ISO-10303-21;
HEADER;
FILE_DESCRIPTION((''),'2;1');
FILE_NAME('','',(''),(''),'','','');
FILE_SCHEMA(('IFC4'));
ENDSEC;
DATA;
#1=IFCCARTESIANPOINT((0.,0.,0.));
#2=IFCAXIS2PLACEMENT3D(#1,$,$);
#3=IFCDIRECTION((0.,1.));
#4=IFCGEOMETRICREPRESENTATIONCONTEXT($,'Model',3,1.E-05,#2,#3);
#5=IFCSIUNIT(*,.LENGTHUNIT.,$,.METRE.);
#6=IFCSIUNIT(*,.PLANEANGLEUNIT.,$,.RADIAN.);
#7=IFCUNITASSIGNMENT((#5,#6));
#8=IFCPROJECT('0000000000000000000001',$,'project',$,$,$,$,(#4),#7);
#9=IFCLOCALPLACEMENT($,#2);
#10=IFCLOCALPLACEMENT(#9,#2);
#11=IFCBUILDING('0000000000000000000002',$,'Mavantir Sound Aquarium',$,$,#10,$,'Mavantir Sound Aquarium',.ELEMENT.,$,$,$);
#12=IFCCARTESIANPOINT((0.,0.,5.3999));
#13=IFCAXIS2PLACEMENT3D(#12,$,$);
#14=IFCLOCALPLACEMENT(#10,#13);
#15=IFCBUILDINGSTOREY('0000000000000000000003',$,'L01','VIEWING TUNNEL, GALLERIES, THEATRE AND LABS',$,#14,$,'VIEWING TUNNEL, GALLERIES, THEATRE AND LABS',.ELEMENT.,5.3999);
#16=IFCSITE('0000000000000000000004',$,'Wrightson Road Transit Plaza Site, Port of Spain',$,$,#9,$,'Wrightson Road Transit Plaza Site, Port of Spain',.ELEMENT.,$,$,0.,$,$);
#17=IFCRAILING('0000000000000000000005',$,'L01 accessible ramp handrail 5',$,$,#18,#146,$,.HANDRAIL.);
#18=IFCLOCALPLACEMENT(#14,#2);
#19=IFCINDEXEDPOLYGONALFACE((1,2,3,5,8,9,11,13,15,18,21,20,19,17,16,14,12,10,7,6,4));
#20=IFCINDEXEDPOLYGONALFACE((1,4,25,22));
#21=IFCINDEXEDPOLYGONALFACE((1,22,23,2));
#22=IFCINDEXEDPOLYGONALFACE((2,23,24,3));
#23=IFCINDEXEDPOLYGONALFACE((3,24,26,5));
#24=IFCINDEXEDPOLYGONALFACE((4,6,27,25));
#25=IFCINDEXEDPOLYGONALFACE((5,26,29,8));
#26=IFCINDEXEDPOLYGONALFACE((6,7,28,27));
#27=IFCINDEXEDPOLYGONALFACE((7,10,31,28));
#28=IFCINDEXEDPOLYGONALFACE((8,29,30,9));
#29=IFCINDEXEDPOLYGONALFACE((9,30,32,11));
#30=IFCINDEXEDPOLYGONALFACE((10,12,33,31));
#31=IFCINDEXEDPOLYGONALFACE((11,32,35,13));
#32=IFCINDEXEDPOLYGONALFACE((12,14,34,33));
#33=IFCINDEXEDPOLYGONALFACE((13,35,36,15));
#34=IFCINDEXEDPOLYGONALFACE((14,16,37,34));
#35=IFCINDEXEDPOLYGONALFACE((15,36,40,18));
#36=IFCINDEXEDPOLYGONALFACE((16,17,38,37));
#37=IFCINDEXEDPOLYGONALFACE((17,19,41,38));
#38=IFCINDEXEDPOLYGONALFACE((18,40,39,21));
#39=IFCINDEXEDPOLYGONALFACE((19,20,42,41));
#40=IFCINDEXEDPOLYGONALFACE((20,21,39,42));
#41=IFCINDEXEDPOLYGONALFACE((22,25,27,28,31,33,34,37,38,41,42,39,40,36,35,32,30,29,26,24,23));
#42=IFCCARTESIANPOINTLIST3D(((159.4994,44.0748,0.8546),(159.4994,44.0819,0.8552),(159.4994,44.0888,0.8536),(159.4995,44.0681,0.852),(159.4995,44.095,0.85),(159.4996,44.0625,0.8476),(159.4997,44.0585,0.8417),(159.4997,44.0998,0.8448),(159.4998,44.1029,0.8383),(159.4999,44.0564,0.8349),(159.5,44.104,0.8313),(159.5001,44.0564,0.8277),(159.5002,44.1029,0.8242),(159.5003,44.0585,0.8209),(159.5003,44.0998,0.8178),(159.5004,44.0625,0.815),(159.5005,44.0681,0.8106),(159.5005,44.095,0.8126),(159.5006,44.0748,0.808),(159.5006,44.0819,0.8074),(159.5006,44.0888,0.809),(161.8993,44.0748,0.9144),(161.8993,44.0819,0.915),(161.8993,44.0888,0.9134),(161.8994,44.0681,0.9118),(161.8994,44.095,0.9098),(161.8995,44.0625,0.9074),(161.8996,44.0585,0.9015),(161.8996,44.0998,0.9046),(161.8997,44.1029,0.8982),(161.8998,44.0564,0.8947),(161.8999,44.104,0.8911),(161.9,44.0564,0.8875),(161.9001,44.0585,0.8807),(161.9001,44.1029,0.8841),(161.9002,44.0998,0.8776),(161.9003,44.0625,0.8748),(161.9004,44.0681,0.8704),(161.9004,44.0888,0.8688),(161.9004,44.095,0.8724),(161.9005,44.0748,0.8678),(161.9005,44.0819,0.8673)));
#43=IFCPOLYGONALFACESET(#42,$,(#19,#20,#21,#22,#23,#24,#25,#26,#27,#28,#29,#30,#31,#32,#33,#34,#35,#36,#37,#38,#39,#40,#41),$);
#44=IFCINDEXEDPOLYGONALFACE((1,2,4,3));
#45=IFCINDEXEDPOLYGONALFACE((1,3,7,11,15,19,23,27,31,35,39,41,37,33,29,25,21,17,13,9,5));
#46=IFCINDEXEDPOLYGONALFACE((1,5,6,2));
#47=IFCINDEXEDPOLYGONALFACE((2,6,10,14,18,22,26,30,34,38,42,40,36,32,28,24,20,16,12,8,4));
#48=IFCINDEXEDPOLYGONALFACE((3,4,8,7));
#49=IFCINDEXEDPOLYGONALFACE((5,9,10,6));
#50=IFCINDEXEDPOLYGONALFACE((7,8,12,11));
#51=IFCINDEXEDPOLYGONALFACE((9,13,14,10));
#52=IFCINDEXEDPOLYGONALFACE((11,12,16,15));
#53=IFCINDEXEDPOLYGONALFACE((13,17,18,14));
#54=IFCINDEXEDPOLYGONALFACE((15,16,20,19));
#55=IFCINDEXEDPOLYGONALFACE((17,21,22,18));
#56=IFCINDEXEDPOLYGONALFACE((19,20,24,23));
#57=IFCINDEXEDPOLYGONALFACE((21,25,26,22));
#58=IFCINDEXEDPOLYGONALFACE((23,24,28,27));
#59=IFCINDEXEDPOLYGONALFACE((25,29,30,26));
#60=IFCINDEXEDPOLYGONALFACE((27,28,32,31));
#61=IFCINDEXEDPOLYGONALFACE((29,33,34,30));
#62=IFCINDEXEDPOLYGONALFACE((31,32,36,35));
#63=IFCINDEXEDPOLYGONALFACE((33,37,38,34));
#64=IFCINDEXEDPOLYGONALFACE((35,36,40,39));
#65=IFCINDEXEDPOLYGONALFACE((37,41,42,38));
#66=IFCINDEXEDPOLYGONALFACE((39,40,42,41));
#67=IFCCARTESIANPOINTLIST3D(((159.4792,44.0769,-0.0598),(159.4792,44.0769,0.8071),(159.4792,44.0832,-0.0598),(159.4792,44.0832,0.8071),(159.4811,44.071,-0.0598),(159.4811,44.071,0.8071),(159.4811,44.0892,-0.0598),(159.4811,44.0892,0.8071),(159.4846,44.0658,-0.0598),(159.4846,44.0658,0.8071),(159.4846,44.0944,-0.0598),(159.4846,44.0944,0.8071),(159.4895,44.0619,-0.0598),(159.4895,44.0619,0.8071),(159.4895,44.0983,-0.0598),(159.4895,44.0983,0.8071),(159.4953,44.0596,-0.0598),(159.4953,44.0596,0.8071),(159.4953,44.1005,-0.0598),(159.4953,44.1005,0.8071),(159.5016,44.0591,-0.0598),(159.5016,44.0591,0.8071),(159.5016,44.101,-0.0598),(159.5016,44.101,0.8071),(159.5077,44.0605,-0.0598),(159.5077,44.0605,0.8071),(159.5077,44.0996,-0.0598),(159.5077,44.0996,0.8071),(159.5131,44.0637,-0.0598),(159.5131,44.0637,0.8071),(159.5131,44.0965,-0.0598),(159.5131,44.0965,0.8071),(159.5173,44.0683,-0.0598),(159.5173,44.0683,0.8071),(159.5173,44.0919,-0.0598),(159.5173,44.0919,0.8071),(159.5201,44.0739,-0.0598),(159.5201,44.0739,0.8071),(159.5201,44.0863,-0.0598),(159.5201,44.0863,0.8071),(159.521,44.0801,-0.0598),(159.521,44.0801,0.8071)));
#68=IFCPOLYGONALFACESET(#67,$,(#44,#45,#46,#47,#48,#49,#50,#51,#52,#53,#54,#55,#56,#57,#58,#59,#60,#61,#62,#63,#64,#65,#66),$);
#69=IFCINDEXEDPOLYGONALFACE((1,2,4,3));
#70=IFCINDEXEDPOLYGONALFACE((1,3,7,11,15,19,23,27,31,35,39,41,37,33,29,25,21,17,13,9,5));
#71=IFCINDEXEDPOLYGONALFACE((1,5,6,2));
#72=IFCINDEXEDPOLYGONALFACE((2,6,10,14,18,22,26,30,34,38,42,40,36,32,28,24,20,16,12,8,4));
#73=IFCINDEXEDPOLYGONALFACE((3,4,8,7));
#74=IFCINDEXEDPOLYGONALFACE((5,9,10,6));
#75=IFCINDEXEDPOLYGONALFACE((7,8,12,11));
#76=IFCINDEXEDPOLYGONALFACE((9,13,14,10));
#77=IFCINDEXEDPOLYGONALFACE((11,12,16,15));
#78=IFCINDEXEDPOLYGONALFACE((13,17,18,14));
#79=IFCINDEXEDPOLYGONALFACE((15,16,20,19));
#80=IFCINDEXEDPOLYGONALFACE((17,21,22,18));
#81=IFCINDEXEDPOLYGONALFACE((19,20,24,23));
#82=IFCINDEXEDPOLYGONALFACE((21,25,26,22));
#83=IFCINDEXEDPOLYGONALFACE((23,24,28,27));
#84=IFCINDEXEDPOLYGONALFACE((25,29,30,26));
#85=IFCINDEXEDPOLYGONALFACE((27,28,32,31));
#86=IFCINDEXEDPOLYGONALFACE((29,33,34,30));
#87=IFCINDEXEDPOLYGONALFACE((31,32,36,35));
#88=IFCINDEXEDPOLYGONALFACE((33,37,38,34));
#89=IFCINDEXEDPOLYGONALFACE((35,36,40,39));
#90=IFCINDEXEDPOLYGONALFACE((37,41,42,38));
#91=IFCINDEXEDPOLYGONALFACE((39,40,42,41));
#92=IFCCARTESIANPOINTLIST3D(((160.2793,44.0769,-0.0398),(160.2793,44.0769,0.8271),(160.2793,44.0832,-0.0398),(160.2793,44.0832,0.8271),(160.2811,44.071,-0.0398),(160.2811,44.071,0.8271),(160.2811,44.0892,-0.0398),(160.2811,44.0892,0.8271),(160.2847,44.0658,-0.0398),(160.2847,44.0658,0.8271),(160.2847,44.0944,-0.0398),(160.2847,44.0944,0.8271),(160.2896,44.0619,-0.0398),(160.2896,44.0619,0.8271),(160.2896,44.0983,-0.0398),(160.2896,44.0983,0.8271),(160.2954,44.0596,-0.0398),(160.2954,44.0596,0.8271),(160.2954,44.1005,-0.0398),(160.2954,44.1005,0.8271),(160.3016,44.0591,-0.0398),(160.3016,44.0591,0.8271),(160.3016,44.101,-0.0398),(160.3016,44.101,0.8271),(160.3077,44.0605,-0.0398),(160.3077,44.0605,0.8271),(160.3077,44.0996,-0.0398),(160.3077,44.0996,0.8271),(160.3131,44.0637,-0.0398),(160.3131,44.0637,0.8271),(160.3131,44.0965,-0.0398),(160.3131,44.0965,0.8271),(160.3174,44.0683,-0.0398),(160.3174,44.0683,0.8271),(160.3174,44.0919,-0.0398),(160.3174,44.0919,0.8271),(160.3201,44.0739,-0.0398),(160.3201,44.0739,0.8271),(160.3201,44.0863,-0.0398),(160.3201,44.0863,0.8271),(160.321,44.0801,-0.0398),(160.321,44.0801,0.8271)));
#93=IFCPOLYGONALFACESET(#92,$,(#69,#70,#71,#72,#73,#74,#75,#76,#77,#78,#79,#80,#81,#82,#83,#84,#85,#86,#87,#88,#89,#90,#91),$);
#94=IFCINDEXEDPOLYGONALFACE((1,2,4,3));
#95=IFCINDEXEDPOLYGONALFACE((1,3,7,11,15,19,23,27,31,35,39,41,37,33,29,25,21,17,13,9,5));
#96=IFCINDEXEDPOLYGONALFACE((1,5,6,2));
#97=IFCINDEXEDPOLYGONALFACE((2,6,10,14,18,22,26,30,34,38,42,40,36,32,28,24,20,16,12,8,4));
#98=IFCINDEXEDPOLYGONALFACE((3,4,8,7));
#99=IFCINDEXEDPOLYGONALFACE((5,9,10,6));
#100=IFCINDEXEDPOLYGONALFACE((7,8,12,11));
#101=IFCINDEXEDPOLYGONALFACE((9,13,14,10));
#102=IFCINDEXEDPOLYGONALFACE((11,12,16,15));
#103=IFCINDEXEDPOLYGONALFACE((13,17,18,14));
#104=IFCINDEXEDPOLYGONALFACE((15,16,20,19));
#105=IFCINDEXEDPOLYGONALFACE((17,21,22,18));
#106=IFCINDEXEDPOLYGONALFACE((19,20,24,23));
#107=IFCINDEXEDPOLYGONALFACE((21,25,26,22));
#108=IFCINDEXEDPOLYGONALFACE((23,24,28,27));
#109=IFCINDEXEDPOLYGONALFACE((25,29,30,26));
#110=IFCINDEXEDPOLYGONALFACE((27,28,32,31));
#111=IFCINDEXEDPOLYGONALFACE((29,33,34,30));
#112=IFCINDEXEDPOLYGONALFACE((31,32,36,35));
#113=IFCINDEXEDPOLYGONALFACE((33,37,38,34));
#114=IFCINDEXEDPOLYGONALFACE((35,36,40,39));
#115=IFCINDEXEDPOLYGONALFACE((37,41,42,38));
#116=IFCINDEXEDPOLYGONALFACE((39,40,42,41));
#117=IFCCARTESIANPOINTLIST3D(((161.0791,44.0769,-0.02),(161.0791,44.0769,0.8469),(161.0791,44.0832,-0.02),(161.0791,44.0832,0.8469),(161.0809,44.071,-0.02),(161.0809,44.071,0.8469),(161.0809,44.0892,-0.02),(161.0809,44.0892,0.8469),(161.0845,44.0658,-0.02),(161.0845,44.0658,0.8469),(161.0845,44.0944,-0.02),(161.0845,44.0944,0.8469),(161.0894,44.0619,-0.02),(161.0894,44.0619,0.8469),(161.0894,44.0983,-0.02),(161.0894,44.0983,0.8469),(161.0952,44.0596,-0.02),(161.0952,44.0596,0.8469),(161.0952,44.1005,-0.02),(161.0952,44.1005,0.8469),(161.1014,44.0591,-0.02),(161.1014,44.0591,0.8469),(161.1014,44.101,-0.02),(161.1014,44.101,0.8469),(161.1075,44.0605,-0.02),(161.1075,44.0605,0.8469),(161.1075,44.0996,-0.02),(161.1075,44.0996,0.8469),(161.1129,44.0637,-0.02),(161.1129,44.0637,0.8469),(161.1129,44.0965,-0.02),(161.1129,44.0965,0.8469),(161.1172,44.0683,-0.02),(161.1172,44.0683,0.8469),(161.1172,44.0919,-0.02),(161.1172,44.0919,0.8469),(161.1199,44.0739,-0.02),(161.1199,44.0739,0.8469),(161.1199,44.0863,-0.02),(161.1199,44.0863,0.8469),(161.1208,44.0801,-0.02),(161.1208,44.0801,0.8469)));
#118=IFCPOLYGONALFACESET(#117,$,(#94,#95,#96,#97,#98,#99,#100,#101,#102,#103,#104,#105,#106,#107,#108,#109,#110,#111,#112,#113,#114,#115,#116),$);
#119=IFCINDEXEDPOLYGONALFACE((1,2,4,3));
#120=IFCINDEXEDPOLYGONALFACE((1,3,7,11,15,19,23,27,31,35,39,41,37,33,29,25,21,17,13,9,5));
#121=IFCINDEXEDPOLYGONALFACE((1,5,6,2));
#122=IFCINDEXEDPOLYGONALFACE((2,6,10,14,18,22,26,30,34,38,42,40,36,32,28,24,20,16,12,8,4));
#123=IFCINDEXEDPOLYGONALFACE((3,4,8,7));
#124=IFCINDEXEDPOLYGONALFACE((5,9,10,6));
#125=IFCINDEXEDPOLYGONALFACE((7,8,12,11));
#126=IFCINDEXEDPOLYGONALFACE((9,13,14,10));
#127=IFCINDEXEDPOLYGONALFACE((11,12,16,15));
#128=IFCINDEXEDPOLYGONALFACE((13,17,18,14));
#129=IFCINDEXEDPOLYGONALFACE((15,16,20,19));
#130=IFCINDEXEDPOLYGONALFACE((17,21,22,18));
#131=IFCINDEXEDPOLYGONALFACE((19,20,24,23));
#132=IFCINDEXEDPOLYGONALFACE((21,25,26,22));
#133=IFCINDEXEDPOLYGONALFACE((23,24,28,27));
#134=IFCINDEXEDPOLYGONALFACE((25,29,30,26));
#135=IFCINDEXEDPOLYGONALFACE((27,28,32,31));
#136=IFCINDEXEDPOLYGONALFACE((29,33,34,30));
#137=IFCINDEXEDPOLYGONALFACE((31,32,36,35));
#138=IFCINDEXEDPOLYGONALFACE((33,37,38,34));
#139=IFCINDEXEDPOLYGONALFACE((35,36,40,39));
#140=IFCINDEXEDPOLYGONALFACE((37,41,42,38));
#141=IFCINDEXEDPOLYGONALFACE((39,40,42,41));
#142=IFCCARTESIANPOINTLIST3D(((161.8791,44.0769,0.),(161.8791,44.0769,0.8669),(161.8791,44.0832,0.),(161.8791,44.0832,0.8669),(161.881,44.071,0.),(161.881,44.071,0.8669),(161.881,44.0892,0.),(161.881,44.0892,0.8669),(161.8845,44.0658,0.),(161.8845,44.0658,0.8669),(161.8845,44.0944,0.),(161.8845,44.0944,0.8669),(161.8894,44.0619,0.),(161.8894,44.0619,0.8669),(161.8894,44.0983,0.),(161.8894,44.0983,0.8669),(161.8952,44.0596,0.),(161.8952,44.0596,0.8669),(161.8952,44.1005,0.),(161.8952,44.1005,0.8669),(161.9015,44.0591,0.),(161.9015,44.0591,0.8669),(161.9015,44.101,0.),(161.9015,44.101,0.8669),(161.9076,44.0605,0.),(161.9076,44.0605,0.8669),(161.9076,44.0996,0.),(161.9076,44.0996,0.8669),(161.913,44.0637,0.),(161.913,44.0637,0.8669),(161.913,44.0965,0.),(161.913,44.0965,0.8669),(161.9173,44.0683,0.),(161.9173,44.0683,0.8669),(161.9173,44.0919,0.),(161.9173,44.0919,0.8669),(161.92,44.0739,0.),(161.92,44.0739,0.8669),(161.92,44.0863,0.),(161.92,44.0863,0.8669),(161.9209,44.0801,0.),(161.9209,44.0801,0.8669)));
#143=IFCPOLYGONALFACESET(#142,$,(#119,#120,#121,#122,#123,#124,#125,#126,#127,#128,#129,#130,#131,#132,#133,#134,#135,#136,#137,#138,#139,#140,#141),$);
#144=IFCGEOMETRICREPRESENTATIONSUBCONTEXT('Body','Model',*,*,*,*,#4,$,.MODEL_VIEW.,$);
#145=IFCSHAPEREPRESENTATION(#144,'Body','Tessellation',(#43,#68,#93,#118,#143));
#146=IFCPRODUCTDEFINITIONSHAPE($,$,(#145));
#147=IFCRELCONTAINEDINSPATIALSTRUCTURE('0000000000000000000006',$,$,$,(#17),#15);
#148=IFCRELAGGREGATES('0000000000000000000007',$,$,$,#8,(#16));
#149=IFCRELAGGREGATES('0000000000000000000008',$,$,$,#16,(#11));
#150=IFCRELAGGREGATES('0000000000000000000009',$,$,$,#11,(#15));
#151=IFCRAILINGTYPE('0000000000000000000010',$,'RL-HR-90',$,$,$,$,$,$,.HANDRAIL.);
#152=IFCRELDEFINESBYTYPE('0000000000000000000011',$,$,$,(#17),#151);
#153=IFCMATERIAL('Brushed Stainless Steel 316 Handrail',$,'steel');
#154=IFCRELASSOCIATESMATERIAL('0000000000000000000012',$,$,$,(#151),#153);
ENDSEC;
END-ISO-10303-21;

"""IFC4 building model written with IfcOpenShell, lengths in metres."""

from ifc_helpers import new_model, si_unit, direction, frame, origin, origin_2d, place, context, subcontext, project, spatial, circle, extrude, material, type_object, element, save


model = new_model("IFC4")

# Units and contexts
model_context = context("Model", 3, precision=1e-05, world=origin(), true_north=direction((0.0, 1.0)))
body_context = subcontext(model_context, "Body", "Model", "MODEL_VIEW")
ifc_project = project(units=[si_unit("LENGTHUNIT", "METRE"), si_unit("PLANEANGLEUNIT", "RADIAN")], contexts=[model_context])

# Site, building, storey
site_placement = place(None, origin())
site = spatial("IfcSite", under=ifc_project, at=site_placement, Name="Wrightson Road Transit Plaza Site, Port of Spain", LongName="Wrightson Road Transit Plaza Site, Port of Spain", CompositionType="ELEMENT", RefElevation=0.0)
building_placement = place(site_placement, origin())
building = spatial("IfcBuilding", under=site, at=building_placement, Name="Mavantir Sound Aquarium", LongName="Mavantir Sound Aquarium", CompositionType="ELEMENT")
storey_placement = place(building_placement, frame((0.0, 0.0, 5.3999)))
storey = spatial("IfcBuildingStorey", under=building, at=storey_placement, Name="L01", Description="VIEWING TUNNEL, GALLERIES, THEATRE AND LABS", LongName="VIEWING TUNNEL, GALLERIES, THEATRE AND LABS", CompositionType="ELEMENT", Elevation=5.3999)

# Railing
ifc_material_1 = material(Name="Brushed Stainless Steel 316 Handrail", Category="steel")
railing_type_1 = type_object("IfcRailingType", Name="RL-HR-90", PredefinedType="HANDRAIL", material=ifc_material_1)
railing_1_placement = place(storey_placement, frame((159.5, 44.0801, -0.0598)))
element("IfcRailing", 1, at=railing_1_placement, inside=storey, type_object=railing_type_1, Name="L01 accessible ramp handrail 5", PredefinedType="HANDRAIL", context=body_context, shape_type="SweptSolid", body=[
    extrude(circle(Radius=0.0239, at=origin_2d()), frame((0.0, 0.0, 0.8911), z_axis=(0.99969, 0.0, 0.024916), x_axis=(0.0, 1.0, 0.0)), (0.0, 0.0, 1.0), 2.4006),
    extrude(circle(Radius=0.021, at=origin_2d()), origin(), (0.0, 0.0, 1.0), 0.8669),
    extrude(circle(Radius=0.021, at=origin_2d()), frame((0.8, 0.0, 0.02)), (0.0, 0.0, 1.0), 0.8669),
    extrude(circle(Radius=0.021, at=origin_2d()), frame((1.5999, 0.0, 0.0398)), (0.0, 0.0, 1.0), 0.8669),
    extrude(circle(Radius=0.021, at=origin_2d()), frame((2.3999, 0.0, 0.0598)), (0.0, 0.0, 1.0), 0.8669),
])

save(model, "model.ifc")
